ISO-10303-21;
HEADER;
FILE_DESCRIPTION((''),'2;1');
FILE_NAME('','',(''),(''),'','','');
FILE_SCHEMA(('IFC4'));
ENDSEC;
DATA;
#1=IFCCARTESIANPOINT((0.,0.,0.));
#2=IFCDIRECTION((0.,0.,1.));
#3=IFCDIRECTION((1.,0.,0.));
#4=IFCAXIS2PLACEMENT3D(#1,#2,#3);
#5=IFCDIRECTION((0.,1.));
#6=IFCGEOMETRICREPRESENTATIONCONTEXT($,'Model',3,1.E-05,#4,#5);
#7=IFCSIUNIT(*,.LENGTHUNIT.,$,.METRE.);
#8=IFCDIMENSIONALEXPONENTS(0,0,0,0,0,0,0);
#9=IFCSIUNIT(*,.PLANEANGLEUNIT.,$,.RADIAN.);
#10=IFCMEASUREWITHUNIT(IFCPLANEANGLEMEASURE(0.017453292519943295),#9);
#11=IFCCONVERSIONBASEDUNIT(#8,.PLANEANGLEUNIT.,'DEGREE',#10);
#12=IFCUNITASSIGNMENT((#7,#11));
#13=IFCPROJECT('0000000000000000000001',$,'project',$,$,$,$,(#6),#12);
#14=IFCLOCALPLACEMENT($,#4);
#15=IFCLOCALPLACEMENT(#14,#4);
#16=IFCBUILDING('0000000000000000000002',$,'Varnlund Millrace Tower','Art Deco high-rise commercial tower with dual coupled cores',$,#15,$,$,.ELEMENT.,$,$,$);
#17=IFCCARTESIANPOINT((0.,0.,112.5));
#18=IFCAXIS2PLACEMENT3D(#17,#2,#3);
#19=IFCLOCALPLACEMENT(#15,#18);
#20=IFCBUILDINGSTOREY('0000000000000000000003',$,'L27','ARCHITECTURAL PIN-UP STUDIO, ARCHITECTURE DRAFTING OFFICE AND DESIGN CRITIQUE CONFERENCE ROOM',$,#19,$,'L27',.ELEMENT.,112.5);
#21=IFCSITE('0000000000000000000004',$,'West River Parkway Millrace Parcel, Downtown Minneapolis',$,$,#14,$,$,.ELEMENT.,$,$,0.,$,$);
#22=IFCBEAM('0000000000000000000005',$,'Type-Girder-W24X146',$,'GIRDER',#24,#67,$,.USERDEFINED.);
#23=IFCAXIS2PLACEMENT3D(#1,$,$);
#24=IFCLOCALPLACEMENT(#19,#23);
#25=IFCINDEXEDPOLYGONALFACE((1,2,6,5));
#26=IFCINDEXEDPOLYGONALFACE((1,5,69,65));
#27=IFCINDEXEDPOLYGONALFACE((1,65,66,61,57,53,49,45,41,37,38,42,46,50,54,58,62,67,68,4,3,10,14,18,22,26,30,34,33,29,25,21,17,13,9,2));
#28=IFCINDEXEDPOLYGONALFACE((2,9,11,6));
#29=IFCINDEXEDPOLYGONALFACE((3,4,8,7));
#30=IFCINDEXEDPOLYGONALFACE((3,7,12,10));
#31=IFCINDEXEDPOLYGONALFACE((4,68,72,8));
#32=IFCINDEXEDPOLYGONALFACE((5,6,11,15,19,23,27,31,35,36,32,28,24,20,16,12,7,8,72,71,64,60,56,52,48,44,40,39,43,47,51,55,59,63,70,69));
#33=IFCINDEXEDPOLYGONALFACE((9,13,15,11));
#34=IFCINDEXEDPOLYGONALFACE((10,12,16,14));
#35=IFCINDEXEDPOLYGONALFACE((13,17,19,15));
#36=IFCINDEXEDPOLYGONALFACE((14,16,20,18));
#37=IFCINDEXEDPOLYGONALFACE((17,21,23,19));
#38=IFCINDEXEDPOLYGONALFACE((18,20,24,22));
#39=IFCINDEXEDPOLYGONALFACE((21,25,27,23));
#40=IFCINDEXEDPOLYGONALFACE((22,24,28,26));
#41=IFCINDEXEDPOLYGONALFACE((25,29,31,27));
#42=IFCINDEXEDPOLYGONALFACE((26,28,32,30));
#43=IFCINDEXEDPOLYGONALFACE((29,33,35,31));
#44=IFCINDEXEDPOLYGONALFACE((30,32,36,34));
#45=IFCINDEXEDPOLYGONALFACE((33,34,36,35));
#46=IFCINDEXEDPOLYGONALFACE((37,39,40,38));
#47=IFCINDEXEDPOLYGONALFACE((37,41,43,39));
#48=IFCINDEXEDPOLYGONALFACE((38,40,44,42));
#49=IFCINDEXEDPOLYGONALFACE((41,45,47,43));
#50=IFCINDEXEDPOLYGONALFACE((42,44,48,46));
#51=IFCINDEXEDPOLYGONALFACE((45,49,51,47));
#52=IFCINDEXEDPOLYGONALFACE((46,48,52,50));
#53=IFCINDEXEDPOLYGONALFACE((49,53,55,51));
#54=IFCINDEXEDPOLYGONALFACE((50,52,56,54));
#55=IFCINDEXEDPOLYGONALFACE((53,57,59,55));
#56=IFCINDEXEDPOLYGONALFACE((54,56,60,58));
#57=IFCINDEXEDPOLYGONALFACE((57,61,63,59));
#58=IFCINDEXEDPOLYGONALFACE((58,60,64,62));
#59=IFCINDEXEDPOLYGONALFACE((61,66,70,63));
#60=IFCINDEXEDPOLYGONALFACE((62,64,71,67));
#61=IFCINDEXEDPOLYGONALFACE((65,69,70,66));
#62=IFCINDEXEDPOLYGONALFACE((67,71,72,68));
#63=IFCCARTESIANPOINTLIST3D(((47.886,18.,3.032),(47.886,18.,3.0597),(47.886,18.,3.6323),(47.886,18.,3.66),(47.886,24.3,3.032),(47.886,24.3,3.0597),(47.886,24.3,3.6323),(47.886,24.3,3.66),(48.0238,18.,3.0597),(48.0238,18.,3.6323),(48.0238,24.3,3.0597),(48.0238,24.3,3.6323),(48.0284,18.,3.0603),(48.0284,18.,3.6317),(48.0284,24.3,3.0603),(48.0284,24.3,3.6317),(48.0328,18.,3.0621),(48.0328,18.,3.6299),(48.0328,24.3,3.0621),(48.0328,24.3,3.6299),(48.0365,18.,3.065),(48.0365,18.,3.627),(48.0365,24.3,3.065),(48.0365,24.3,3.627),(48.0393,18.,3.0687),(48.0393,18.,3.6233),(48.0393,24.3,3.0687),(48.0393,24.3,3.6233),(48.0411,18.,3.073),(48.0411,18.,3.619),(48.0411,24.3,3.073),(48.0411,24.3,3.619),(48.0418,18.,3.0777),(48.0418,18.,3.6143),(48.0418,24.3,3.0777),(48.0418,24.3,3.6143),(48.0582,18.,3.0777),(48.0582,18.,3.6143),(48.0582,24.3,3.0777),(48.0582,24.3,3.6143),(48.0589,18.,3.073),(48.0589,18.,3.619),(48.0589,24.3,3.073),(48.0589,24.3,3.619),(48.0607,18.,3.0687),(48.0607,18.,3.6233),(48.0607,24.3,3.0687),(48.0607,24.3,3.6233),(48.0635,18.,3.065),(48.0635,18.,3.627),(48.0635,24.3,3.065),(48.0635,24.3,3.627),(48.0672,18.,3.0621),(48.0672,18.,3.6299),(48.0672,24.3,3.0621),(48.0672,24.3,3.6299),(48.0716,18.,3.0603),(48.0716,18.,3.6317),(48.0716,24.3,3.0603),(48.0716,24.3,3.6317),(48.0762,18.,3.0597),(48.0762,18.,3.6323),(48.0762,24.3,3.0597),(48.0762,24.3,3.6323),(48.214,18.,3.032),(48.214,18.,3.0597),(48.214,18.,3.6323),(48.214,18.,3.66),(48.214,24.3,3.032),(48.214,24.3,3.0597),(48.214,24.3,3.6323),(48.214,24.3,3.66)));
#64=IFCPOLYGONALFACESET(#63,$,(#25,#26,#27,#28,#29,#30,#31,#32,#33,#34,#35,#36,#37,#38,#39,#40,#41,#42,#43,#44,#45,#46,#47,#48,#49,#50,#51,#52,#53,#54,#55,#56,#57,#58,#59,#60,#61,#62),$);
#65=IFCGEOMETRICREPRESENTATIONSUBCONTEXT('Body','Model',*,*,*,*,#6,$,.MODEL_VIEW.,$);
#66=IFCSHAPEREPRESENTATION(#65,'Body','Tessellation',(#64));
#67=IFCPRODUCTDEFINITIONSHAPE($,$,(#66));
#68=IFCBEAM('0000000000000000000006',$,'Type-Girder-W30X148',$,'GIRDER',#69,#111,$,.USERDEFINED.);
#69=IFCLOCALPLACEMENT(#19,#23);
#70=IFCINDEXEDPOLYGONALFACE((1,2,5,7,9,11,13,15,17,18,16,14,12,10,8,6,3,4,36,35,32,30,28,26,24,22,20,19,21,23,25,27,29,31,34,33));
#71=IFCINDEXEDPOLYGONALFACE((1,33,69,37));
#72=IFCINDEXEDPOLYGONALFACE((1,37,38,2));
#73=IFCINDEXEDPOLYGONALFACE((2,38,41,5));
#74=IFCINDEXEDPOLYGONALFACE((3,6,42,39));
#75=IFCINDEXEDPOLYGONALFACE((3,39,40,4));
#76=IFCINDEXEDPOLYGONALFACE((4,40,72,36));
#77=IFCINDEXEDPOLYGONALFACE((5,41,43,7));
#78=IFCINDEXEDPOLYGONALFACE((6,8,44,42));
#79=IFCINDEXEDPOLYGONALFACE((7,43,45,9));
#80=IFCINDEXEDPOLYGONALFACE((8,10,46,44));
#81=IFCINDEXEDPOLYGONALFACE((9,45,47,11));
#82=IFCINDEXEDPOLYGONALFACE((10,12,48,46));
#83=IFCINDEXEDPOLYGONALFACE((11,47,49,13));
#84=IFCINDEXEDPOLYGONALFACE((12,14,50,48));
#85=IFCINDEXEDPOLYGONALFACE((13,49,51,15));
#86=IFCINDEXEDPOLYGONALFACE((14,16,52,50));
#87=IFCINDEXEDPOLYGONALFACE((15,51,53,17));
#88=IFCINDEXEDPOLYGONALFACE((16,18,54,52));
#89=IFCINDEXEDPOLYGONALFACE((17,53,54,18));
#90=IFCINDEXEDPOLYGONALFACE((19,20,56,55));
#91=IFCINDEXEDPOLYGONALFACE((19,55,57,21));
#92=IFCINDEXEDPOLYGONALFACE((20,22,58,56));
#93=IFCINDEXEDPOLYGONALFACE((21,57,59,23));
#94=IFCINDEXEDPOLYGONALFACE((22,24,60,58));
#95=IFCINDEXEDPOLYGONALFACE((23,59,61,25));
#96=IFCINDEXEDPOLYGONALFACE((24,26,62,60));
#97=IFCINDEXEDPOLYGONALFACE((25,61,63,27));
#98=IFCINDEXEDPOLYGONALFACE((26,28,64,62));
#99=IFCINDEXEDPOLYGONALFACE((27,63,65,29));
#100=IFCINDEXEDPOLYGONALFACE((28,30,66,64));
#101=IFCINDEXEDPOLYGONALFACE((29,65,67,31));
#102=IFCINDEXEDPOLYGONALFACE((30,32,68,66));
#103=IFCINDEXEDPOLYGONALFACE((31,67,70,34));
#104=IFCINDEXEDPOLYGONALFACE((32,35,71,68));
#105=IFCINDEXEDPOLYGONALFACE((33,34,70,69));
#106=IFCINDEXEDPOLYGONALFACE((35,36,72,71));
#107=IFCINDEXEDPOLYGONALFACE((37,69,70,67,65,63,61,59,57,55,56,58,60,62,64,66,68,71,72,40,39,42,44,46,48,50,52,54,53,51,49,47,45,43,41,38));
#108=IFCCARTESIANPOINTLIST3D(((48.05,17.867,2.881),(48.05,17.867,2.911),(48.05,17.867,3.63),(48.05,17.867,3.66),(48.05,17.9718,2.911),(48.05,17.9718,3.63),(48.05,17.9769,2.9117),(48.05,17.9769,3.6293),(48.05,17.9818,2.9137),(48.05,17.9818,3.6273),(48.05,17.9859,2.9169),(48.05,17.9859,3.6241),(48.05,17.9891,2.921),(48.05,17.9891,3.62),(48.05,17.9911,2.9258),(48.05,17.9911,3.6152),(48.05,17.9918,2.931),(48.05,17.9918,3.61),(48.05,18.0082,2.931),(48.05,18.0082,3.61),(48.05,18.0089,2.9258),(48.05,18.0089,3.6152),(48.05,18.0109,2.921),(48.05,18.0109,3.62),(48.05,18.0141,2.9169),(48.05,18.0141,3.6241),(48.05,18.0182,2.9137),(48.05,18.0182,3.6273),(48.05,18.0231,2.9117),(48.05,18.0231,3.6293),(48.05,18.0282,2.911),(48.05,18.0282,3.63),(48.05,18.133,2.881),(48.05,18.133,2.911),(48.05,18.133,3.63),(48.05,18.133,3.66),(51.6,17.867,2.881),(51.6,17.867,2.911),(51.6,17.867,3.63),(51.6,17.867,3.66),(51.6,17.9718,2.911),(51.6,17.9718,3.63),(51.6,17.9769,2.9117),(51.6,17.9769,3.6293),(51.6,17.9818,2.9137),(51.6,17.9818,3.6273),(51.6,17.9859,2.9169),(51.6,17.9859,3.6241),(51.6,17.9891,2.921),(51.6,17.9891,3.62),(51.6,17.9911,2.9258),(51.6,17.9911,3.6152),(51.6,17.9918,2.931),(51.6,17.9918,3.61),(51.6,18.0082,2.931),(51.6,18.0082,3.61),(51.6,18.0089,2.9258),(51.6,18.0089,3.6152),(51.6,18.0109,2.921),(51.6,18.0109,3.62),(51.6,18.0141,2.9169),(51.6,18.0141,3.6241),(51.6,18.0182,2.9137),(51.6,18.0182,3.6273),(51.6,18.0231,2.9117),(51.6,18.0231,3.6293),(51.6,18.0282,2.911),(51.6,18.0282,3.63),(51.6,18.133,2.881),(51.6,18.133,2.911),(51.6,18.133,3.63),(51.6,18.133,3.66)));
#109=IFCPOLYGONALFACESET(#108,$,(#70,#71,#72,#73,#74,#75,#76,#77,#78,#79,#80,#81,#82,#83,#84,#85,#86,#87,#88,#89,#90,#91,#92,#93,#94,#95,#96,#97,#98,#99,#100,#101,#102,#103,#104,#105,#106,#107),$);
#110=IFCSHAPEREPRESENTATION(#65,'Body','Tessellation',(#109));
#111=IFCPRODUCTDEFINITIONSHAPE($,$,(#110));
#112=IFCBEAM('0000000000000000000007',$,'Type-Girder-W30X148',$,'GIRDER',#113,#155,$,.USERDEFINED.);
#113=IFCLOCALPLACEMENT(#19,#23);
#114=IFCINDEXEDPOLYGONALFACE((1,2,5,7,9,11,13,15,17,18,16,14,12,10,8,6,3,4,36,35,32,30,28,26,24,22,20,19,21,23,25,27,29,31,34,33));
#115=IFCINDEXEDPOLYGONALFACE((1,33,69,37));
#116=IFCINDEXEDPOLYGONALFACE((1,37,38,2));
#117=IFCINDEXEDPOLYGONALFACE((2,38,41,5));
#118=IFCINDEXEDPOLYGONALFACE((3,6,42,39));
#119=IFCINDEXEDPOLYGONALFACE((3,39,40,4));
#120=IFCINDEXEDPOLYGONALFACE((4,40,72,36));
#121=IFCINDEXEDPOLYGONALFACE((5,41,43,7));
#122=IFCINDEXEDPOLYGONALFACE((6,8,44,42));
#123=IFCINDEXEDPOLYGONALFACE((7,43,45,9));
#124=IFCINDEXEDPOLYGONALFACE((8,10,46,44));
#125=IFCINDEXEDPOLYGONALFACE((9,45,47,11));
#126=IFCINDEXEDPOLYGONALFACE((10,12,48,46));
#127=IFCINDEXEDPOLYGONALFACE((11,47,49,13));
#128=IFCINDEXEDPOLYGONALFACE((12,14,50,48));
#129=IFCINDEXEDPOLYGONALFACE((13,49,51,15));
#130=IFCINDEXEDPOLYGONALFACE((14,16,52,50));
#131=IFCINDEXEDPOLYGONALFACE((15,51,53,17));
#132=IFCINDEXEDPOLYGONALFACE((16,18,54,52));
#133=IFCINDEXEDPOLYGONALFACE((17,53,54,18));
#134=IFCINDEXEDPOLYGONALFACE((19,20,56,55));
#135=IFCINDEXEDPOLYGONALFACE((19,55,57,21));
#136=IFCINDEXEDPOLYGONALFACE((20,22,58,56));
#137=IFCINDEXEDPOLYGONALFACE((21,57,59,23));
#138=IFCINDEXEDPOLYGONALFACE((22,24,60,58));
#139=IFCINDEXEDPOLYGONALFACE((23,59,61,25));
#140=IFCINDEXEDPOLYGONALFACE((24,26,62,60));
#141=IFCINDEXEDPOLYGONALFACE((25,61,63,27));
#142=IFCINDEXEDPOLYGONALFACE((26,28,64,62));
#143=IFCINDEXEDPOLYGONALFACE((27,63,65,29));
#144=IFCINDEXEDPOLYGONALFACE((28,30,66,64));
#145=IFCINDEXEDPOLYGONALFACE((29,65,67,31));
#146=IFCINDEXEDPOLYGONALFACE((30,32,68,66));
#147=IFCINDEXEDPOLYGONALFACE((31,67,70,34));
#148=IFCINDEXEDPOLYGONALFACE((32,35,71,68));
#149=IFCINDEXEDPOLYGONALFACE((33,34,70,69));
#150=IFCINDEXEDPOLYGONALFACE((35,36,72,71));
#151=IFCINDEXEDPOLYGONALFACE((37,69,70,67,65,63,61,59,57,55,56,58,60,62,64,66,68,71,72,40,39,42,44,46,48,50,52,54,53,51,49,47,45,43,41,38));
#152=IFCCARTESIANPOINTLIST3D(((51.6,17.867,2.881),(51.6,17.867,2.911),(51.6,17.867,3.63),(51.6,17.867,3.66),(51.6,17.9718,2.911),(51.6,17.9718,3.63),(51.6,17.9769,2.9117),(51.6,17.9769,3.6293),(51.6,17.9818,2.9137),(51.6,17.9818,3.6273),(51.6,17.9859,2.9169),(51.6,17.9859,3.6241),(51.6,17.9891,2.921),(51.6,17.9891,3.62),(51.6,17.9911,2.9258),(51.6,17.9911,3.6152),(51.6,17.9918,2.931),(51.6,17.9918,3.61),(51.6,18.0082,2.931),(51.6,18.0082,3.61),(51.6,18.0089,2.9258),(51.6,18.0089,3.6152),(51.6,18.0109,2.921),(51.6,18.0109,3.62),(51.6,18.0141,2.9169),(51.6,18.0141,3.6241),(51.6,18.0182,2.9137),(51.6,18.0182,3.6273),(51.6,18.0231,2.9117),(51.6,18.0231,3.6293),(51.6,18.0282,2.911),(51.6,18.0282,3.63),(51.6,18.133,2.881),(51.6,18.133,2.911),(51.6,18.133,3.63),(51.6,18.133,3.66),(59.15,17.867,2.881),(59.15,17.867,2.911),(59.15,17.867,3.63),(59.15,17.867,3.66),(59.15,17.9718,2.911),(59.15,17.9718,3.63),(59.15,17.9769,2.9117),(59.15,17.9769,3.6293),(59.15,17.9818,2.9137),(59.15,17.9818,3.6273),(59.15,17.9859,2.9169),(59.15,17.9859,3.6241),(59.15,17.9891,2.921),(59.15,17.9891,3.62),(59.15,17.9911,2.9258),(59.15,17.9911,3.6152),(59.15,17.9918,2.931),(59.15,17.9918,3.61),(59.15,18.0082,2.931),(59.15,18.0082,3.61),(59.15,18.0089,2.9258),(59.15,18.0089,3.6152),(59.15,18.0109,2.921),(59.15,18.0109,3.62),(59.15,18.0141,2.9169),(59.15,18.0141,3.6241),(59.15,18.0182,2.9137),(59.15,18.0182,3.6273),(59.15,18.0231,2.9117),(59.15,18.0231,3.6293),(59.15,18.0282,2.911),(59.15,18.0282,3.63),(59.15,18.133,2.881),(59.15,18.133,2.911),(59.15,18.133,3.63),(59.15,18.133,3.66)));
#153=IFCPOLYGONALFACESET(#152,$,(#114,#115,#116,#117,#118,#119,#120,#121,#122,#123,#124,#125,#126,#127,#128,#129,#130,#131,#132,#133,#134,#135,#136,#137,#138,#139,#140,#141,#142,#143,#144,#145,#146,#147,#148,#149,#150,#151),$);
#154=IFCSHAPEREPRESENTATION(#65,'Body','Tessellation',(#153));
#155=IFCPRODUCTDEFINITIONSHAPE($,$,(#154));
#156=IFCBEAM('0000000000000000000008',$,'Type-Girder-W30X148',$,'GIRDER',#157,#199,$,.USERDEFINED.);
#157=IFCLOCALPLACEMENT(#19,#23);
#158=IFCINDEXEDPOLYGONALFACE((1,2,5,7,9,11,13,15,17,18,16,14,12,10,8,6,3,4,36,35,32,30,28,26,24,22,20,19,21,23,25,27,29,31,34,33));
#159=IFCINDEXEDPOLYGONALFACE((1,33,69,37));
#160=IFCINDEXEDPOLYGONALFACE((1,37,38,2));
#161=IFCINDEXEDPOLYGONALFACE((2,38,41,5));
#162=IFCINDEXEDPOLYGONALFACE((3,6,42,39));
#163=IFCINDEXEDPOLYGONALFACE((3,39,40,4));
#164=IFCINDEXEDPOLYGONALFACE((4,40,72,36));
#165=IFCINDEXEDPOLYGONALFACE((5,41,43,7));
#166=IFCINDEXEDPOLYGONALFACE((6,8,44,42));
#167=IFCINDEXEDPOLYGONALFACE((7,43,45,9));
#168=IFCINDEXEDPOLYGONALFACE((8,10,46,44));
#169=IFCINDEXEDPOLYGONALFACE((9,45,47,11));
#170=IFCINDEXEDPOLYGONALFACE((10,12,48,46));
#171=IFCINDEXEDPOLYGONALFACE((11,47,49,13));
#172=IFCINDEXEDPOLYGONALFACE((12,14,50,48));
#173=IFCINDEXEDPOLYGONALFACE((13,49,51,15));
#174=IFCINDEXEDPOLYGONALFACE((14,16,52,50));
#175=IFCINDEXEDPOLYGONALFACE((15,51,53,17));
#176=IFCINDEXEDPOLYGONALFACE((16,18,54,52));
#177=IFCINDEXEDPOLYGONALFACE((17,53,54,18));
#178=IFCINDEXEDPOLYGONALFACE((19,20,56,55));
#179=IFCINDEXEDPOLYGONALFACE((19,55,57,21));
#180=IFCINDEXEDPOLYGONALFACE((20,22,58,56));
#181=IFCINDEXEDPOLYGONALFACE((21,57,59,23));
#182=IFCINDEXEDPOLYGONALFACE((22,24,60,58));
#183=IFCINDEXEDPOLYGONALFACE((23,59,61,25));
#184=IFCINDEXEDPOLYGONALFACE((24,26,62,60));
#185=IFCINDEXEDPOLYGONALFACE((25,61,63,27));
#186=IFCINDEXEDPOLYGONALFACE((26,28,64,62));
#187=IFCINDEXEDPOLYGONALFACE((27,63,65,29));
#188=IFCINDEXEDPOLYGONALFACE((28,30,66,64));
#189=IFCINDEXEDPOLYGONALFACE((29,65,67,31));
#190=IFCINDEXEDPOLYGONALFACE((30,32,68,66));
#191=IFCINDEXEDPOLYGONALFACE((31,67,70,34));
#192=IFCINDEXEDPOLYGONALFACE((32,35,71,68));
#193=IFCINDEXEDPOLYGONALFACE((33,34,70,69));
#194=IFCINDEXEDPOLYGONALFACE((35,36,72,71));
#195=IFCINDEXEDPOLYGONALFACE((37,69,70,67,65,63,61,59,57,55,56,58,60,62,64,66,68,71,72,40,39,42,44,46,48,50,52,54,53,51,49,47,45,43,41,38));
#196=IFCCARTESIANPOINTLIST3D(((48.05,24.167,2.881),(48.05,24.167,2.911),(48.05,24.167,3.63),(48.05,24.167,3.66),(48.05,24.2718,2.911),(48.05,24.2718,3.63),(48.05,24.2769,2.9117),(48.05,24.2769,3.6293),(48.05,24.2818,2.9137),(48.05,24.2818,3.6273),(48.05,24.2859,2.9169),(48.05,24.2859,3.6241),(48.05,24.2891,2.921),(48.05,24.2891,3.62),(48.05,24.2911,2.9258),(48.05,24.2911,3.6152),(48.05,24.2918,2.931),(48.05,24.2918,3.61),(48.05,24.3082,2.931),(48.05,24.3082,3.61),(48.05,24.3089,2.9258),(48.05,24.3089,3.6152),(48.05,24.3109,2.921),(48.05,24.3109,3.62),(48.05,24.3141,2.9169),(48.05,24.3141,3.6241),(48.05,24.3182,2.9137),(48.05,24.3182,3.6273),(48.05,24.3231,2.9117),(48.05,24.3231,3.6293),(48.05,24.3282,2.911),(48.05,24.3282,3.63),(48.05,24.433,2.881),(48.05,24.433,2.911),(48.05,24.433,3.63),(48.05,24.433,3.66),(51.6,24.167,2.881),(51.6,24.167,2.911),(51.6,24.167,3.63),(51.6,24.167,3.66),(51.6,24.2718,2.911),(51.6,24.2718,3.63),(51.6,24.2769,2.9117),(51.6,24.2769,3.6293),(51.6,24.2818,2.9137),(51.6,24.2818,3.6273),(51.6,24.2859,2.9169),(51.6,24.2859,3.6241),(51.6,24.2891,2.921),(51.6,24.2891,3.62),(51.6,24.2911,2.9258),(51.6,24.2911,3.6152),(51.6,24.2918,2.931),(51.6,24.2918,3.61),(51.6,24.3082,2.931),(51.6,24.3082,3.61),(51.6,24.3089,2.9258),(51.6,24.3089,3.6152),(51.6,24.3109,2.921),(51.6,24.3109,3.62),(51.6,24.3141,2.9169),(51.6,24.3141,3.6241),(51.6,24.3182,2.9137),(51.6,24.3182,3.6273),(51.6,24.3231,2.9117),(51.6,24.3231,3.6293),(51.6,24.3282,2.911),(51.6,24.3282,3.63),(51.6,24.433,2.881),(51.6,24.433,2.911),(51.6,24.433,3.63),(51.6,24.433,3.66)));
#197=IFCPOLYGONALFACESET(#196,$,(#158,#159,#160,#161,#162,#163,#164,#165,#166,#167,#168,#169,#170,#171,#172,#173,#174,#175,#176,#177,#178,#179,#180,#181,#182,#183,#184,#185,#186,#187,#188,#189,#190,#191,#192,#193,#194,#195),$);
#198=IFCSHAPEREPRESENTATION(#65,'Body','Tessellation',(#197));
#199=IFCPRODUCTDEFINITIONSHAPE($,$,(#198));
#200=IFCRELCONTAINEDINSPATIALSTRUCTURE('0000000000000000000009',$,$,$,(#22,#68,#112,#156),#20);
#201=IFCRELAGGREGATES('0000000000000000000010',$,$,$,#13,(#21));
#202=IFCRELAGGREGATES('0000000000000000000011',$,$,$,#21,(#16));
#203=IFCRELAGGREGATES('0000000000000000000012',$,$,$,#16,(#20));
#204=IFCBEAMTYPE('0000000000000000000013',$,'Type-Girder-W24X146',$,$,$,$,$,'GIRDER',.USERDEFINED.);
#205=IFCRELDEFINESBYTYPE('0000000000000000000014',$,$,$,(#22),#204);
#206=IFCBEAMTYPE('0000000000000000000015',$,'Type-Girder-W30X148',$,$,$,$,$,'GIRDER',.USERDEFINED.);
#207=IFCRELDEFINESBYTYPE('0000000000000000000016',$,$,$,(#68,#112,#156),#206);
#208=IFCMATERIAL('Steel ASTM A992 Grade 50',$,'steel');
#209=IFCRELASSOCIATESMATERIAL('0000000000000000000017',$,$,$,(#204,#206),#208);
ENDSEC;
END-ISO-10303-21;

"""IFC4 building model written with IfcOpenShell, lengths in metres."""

from ifc_helpers import new_model, entity, si_unit, converted_unit, direction, frame, origin_with_axes, origin_2d_with_axis, place, context, subcontext, project, spatial, i_section, extrude, material, material_profile, profile_set, type_object, element, save


model = new_model("IFC4")

# Units and contexts
model_context = context("Model", 3, precision=1e-05, world=origin_with_axes(), true_north=direction((0.0, 1.0)))
body_context = subcontext(model_context, "Body", "Model", "MODEL_VIEW")
ifc_project = project(units=[si_unit("LENGTHUNIT", "METRE"), converted_unit("PLANEANGLEUNIT", "DEGREE", entity("IfcPlaneAngleMeasure", 0.017453292519943295), si_unit("PLANEANGLEUNIT", "RADIAN"), dimensions=[0, 0, 0, 0, 0, 0, 0])], contexts=[model_context])

# Site, building, storey
site_placement = place(None, origin_with_axes())
site = spatial("IfcSite", under=ifc_project, at=site_placement, Name="West River Parkway Millrace Parcel, Downtown Minneapolis", CompositionType="ELEMENT", RefElevation=0.0)
building_placement = place(site_placement, origin_with_axes())
building = spatial("IfcBuilding", under=site, at=building_placement, Name="Varnlund Millrace Tower", Description="Art Deco high-rise commercial tower with dual coupled cores", CompositionType="ELEMENT")
storey_placement = place(building_placement, frame((0.0, 0.0, 112.5), z_axis=(0.0, 0.0, 1.0), x_axis=(1.0, 0.0, 0.0)))
storey = spatial("IfcBuildingStorey", under=building, at=storey_placement, Name="L27", Description="ARCHITECTURAL PIN-UP STUDIO, ARCHITECTURE DRAFTING OFFICE AND DESIGN CRITIQUE CONFERENCE ROOM", LongName="L27", CompositionType="ELEMENT", Elevation=112.5)

# Beams
ifc_material_1 = material(Name="Steel ASTM A992 Grade 50", Category="steel")
ifc_material_profile_1 = material_profile(ifc_material_1, i_section(OverallWidth=0.328, OverallDepth=0.628, WebThickness=0.0165, FlangeThickness=0.0277, FilletRadius=0.018, at=origin_2d_with_axis()), Name="Steel ASTM A992 Grade 50")
ifc_profile_set_1 = profile_set([ifc_material_profile_1], Name="Steel ASTM A992 Grade 50")
beam_type_1 = type_object("IfcBeamType", Name="Type-Girder-W24X146", ElementType="GIRDER", PredefinedType="USERDEFINED", material=ifc_profile_set_1)
beam_1_placement = place(storey_placement, frame((48.05, 18.0, 3.346), z_axis=(0.0, 1.0, 0.0), x_axis=(-1.0, 0.0, 0.0)))
element("IfcBeam", 1, at=beam_1_placement, inside=storey, type_object=beam_type_1, Name="Type-Girder-W24X146", ObjectType="GIRDER", PredefinedType="USERDEFINED", context=body_context, shape_type="SweptSolid", body=[
    extrude(i_section(OverallWidth=0.328, OverallDepth=0.628, WebThickness=0.0165, FlangeThickness=0.0277, FilletRadius=0.018, at=origin_2d_with_axis()), origin_with_axes(), (0.0, 0.0, 1.0), 6.3),
])
ifc_material_profile_2 = material_profile(ifc_material_1, i_section(OverallWidth=0.266, OverallDepth=0.779, WebThickness=0.0165, FlangeThickness=0.03, FilletRadius=0.02, at=origin_2d_with_axis()), Name="Steel ASTM A992 Grade 50")
ifc_profile_set_2 = profile_set([ifc_material_profile_2], Name="Steel ASTM A992 Grade 50")
beam_type_2 = type_object("IfcBeamType", Name="Type-Girder-W30X148", ElementType="GIRDER", PredefinedType="USERDEFINED", material=ifc_profile_set_2)
beam_2_placement = place(storey_placement, frame((48.05, 18.0, 3.2705), z_axis=(1.0, 0.0, 0.0), x_axis=(0.0, 1.0, 0.0)))
element("IfcBeam", 2, at=beam_2_placement, inside=storey, type_object=beam_type_2, Name="Type-Girder-W30X148", ObjectType="GIRDER", PredefinedType="USERDEFINED", context=body_context, shape_type="SweptSolid", body=[
    extrude(i_section(OverallWidth=0.266, OverallDepth=0.779, WebThickness=0.0165, FlangeThickness=0.03, FilletRadius=0.02, at=origin_2d_with_axis()), origin_with_axes(), (0.0, 0.0, 1.0), 3.55),
])
beam_3_placement = place(storey_placement, frame((51.6, 18.0, 3.2705), z_axis=(1.0, 0.0, 0.0), x_axis=(0.0, 1.0, 0.0)))
element("IfcBeam", 3, at=beam_3_placement, inside=storey, type_object=beam_type_2, Name="Type-Girder-W30X148", ObjectType="GIRDER", PredefinedType="USERDEFINED", context=body_context, shape_type="SweptSolid", body=[
    extrude(i_section(OverallWidth=0.266, OverallDepth=0.779, WebThickness=0.0165, FlangeThickness=0.03, FilletRadius=0.02, at=origin_2d_with_axis()), origin_with_axes(), (0.0, 0.0, 1.0), 7.55),
])
beam_4_placement = place(storey_placement, frame((48.05, 24.3, 3.2705), z_axis=(1.0, 0.0, 0.0), x_axis=(0.0, 1.0, 0.0)))
element("IfcBeam", 4, at=beam_4_placement, inside=storey, type_object=beam_type_2, Name="Type-Girder-W30X148", ObjectType="GIRDER", PredefinedType="USERDEFINED", context=body_context, shape_type="SweptSolid", body=[
    extrude(i_section(OverallWidth=0.266, OverallDepth=0.779, WebThickness=0.0165, FlangeThickness=0.03, FilletRadius=0.02, at=origin_2d_with_axis()), origin_with_axes(), (0.0, 0.0, 1.0), 3.55),
])

save(model, "model.ifc")
